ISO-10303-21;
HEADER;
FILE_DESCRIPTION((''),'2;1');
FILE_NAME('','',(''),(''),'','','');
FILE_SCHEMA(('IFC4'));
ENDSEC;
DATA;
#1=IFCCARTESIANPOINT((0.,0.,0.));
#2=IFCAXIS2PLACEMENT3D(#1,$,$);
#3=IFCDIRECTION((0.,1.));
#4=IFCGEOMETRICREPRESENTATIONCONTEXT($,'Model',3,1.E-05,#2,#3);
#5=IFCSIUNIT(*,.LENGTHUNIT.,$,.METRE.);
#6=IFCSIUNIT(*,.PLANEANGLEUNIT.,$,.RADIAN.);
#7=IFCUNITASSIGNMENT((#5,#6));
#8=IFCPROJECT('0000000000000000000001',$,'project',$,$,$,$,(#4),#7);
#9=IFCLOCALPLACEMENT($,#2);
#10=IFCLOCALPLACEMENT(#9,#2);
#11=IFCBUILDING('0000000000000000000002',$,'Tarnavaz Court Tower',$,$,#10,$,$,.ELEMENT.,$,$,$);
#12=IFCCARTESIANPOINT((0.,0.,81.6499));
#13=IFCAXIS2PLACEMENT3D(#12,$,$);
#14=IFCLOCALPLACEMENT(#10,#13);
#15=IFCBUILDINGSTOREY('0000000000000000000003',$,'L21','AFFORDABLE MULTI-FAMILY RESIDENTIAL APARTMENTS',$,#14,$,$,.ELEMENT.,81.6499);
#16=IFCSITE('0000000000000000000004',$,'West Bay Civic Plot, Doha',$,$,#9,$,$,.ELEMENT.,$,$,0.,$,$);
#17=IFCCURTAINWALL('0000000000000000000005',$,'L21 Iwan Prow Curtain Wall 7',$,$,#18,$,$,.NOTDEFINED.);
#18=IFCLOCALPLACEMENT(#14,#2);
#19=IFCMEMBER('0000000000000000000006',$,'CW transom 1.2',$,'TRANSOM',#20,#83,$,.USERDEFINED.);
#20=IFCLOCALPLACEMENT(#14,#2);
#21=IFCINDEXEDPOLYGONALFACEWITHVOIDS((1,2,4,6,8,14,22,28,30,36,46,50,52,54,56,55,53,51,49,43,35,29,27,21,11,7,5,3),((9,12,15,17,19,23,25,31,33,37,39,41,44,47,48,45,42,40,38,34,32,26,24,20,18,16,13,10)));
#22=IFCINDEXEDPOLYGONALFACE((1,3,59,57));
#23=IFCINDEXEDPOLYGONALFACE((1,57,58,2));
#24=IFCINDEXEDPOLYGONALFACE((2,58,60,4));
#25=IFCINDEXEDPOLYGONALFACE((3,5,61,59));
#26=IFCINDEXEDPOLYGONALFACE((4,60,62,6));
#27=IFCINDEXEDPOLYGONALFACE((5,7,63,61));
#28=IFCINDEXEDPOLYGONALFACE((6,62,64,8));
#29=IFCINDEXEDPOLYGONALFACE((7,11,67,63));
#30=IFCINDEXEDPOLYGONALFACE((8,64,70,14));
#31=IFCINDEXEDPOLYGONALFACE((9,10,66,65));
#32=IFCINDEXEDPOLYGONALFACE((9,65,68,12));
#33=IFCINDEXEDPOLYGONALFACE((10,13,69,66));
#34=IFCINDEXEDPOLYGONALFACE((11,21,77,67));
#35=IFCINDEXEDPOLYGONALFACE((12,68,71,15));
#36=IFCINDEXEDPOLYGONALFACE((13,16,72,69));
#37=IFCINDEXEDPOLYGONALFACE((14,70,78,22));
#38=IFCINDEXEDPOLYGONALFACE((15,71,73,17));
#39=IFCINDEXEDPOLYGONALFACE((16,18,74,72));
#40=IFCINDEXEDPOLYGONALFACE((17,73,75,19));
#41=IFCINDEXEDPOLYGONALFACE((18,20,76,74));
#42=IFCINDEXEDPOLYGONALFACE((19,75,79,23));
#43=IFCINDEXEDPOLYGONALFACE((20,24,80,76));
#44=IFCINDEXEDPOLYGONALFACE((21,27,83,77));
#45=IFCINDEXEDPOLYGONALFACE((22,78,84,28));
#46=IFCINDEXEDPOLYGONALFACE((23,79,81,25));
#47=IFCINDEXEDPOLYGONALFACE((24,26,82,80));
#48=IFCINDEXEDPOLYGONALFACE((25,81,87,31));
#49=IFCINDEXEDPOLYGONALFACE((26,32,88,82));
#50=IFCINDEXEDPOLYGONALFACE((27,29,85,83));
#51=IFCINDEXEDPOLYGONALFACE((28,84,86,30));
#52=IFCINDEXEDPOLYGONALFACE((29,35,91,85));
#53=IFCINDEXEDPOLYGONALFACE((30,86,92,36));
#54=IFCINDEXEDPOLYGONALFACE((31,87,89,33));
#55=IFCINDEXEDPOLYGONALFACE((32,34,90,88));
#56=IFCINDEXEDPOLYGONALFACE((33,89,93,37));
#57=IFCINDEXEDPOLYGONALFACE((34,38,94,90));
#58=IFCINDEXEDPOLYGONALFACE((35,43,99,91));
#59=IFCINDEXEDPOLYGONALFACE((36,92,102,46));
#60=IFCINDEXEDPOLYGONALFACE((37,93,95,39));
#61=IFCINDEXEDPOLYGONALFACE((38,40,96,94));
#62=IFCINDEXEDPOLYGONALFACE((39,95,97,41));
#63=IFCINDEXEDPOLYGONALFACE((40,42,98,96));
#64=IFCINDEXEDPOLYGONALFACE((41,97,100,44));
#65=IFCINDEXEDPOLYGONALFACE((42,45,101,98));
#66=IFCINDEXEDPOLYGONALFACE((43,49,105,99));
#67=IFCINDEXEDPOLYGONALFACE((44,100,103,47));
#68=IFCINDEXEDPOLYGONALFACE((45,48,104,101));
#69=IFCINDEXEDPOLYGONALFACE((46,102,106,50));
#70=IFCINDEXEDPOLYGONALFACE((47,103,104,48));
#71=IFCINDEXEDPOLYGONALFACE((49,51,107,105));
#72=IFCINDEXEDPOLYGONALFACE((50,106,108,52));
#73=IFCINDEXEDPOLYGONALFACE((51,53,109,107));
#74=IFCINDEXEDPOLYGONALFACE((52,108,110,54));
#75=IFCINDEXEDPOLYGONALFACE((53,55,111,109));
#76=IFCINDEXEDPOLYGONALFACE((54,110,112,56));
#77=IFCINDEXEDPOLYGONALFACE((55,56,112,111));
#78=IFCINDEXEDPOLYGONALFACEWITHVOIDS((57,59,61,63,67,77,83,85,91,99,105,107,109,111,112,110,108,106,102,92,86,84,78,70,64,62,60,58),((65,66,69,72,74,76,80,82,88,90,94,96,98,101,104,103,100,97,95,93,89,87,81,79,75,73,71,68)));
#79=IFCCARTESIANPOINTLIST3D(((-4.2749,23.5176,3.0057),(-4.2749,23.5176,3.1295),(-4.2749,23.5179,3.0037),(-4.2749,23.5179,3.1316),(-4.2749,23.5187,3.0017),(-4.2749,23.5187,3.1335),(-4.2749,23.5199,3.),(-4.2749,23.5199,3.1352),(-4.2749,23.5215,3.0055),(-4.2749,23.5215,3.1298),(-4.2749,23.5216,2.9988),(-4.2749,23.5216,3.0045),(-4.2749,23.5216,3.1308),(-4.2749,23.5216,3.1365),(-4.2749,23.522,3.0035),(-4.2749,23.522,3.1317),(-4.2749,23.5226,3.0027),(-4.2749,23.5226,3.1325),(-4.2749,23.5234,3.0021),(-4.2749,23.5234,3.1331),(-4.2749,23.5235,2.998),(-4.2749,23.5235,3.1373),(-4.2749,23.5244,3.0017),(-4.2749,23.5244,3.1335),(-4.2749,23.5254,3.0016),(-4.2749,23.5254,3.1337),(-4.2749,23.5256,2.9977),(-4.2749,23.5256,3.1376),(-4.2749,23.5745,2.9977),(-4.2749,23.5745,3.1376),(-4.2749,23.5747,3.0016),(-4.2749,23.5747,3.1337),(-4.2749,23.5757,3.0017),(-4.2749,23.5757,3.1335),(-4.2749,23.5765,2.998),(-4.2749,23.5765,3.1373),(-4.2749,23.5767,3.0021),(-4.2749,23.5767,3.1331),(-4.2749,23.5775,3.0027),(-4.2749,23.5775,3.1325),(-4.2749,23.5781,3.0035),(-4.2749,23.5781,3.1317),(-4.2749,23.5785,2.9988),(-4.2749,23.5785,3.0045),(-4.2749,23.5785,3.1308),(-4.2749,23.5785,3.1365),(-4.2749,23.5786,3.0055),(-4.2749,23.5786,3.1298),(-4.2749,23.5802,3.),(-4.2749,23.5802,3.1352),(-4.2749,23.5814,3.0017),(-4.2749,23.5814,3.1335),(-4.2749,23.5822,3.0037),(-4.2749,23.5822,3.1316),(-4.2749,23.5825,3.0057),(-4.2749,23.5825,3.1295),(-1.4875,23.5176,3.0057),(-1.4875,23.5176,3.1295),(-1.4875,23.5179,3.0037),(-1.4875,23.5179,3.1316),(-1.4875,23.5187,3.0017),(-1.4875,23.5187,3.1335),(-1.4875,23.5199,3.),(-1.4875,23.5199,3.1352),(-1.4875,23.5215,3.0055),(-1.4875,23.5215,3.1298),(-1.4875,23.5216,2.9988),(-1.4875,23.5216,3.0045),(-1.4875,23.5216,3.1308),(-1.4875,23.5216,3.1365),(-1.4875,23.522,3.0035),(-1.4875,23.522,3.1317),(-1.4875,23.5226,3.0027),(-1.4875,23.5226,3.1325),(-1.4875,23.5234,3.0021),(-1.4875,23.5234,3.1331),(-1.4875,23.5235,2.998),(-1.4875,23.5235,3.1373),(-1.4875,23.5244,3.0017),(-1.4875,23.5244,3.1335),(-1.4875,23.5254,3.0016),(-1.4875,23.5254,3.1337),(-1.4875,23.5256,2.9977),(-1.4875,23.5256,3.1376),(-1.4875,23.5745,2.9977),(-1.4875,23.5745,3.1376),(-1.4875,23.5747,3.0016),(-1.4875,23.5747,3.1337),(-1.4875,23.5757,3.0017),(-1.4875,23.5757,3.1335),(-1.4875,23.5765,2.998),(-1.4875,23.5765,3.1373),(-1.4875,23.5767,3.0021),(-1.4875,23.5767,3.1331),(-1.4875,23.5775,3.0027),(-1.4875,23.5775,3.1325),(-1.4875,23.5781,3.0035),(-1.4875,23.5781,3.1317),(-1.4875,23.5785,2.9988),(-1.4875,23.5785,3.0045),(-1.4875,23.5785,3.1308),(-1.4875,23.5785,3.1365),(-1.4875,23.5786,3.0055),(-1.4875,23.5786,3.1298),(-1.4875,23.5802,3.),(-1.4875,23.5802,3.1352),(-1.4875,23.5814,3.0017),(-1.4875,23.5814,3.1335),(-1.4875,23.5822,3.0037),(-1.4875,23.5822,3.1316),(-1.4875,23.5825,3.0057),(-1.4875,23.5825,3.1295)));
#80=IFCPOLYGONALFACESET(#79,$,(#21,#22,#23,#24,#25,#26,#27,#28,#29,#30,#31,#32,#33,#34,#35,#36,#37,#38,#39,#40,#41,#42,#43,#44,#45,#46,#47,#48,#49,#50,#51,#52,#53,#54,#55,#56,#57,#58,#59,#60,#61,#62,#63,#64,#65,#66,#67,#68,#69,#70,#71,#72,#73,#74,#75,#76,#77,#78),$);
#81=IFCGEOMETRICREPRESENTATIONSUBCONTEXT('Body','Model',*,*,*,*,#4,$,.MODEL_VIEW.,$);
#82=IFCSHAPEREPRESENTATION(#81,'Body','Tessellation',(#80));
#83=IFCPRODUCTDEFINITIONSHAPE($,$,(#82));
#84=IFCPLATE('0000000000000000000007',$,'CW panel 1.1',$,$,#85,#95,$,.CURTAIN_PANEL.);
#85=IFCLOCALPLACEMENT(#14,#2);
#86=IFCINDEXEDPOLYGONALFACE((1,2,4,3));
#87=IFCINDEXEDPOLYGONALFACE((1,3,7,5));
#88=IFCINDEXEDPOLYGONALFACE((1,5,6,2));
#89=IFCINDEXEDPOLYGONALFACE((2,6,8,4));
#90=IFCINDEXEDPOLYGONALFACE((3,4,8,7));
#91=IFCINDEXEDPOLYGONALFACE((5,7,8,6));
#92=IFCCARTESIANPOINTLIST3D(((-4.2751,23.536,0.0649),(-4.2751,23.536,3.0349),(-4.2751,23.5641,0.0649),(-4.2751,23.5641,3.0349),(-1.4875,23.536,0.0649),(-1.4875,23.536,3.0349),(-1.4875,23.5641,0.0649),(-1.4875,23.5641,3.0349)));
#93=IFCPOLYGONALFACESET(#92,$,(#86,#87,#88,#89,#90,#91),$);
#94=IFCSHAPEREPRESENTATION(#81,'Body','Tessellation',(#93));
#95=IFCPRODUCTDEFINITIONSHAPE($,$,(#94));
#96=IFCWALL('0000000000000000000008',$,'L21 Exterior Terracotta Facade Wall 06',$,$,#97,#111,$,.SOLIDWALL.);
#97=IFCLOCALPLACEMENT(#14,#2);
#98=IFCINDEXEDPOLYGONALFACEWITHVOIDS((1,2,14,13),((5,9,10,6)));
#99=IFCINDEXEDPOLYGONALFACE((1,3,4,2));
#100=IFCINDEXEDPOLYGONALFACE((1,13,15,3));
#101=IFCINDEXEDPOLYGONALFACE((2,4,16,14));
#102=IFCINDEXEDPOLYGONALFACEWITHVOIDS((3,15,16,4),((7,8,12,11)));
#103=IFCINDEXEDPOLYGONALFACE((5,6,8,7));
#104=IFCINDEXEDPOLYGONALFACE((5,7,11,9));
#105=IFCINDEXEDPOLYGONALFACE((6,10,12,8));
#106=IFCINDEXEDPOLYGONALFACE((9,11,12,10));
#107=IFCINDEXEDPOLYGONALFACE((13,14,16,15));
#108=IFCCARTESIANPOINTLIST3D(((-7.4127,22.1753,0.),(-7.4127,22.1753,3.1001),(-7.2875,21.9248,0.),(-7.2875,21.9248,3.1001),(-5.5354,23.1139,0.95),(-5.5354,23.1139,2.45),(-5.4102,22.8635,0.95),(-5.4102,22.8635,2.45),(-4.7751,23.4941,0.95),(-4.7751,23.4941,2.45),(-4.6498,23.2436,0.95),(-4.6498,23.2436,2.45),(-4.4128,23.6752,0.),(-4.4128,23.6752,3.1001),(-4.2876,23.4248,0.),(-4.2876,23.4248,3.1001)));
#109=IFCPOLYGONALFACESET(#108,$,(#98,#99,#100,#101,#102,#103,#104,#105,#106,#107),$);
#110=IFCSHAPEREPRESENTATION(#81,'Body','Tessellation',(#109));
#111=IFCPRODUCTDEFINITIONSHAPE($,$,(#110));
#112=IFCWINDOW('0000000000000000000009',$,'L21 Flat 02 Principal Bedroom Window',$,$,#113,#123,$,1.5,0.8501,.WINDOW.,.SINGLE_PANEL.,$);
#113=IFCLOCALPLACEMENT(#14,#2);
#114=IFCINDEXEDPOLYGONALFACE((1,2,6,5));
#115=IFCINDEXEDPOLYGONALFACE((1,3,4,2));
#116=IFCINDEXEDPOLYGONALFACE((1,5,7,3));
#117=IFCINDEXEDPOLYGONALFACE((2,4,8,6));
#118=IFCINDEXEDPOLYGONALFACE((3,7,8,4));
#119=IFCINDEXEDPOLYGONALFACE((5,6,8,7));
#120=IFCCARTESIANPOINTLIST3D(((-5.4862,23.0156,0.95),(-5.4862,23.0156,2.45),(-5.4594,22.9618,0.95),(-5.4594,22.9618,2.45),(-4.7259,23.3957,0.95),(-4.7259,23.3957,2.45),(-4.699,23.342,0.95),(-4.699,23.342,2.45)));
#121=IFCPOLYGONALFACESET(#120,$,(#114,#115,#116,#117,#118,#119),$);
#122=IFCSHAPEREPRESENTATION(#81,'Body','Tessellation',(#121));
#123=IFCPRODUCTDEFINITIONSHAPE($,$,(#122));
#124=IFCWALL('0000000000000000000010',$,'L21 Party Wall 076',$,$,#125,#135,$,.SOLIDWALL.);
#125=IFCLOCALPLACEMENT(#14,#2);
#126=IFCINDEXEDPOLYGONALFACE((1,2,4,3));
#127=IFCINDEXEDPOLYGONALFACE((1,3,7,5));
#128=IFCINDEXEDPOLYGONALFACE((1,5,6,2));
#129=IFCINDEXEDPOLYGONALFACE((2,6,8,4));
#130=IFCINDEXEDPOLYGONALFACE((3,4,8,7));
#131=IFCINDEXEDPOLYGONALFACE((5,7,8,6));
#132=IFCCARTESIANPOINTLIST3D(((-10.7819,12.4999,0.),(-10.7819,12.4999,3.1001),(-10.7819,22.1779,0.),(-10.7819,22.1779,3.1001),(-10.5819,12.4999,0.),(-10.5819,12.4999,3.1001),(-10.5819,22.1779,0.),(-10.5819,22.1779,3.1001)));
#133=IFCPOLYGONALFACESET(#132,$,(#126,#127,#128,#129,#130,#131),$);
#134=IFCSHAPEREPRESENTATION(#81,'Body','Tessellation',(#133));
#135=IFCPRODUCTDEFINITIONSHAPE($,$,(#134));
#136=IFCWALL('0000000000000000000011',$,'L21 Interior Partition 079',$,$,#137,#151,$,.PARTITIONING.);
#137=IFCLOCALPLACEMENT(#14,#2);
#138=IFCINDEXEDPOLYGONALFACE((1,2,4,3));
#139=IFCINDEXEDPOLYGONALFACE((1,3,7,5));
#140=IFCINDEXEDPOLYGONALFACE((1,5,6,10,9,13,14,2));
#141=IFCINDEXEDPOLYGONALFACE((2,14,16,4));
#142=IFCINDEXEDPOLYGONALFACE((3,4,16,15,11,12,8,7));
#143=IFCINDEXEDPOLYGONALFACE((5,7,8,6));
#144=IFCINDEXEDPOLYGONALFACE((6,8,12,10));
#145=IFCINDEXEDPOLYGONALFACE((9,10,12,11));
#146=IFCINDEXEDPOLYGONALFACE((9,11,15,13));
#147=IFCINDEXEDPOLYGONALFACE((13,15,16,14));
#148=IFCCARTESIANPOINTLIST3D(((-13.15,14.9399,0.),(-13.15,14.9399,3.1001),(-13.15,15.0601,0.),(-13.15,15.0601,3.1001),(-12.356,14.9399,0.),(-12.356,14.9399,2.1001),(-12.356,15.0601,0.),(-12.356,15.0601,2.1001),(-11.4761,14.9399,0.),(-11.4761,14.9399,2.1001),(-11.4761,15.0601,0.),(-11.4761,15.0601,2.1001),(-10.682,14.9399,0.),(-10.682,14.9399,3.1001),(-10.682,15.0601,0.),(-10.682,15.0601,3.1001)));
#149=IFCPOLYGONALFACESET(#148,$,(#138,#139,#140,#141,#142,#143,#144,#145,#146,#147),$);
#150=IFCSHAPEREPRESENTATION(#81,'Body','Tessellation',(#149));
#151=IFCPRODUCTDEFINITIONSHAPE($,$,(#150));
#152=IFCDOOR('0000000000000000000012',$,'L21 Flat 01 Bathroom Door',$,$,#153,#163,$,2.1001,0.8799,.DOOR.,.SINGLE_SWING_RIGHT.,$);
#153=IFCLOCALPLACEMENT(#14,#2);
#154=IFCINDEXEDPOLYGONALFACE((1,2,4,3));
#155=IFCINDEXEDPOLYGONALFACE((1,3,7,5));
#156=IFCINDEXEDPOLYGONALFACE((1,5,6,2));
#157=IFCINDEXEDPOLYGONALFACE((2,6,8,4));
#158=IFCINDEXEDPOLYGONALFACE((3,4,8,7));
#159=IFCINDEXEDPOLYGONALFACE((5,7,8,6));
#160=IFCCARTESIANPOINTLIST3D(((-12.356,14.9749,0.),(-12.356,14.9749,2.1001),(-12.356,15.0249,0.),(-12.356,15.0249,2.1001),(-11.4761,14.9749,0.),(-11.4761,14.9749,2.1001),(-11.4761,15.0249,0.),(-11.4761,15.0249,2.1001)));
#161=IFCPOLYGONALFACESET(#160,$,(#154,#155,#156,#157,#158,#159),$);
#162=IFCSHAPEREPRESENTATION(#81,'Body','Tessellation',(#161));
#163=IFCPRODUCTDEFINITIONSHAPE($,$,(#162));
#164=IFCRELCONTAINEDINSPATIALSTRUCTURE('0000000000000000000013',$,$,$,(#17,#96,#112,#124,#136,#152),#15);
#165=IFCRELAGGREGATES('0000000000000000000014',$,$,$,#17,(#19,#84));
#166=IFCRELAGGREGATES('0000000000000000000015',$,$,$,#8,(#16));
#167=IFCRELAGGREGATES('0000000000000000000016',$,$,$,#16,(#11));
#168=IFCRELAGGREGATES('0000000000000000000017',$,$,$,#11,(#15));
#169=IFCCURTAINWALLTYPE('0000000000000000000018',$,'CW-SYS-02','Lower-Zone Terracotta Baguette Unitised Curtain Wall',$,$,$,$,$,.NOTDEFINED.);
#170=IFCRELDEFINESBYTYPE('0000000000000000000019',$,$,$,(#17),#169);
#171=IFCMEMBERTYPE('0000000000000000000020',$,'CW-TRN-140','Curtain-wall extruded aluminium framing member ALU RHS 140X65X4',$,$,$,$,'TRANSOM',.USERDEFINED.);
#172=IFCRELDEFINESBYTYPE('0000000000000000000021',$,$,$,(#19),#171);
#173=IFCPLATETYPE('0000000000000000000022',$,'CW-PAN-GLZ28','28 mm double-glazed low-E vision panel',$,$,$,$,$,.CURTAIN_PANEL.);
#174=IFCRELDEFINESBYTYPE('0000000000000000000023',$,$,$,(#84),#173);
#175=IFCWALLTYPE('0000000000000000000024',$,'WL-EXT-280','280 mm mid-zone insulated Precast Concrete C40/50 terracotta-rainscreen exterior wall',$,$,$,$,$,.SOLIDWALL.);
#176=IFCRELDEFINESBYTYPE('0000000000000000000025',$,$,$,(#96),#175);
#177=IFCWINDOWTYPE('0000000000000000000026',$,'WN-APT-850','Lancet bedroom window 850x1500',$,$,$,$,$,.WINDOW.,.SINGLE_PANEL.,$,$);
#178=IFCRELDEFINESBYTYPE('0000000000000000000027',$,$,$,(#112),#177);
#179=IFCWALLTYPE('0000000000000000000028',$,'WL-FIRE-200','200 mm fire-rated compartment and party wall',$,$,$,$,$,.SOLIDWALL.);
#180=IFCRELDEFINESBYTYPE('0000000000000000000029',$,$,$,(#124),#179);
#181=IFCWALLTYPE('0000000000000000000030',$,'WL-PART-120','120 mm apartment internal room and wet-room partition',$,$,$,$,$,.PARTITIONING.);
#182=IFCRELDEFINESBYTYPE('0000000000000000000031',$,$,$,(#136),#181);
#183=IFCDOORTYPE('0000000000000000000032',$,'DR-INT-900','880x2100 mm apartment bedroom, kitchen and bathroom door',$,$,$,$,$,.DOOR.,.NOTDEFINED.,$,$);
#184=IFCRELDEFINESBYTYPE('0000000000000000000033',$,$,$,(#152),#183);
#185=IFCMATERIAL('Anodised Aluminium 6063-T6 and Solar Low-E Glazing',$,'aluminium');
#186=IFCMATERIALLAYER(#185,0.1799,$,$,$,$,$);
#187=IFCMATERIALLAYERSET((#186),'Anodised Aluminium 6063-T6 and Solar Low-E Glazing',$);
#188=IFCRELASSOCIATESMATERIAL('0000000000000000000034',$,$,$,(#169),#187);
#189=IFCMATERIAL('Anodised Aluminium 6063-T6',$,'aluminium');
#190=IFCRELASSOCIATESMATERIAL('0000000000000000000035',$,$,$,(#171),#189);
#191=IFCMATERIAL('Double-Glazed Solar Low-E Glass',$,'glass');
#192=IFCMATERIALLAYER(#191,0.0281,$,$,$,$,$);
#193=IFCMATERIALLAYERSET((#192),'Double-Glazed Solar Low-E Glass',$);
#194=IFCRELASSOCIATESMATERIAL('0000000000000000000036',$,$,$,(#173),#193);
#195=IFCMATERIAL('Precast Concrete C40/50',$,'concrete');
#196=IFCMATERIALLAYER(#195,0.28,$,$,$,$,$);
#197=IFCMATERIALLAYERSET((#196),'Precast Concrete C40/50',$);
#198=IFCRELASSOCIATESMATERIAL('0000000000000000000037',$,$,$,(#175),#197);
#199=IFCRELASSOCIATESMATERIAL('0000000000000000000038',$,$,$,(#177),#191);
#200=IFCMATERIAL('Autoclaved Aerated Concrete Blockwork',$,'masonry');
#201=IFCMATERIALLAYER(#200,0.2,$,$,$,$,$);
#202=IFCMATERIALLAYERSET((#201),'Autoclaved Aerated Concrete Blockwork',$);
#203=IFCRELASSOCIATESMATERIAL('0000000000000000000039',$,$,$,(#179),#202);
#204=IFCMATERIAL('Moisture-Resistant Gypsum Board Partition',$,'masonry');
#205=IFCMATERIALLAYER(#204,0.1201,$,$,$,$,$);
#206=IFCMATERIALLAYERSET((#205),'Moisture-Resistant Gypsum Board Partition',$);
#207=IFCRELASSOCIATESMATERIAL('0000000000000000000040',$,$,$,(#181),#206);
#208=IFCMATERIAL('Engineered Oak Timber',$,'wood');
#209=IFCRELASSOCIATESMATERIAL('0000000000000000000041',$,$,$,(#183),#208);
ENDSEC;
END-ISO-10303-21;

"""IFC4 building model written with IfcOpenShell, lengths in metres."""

from ifc_helpers import new_model, si_unit, direction, frame, frame_2d, origin, origin_2d, place, context, subcontext, project, spatial, rectangle, hollow_rectangle, extrude, material, layer, layer_set, material_profile, profile_set, type_object, element, fill, aggregate, save


model = new_model("IFC4")

# Units and contexts
model_context = context("Model", 3, precision=1e-05, world=origin(), true_north=direction((0.0, 1.0)))
body_context = subcontext(model_context, "Body", "Model", "MODEL_VIEW")
ifc_project = project(units=[si_unit("LENGTHUNIT", "METRE"), si_unit("PLANEANGLEUNIT", "RADIAN")], contexts=[model_context])

# Site, building, storey
site_placement = place(None, origin())
site = spatial("IfcSite", under=ifc_project, at=site_placement, Name="West Bay Civic Plot, Doha", CompositionType="ELEMENT", RefElevation=0.0)
building_placement = place(site_placement, origin())
building = spatial("IfcBuilding", under=site, at=building_placement, Name="Tarnavaz Court Tower", CompositionType="ELEMENT")
storey_placement = place(building_placement, frame((0.0, 0.0, 81.6499)))
storey = spatial("IfcBuildingStorey", under=building, at=storey_placement, Name="L21", Description="AFFORDABLE MULTI-FAMILY RESIDENTIAL APARTMENTS", CompositionType="ELEMENT", Elevation=81.6499)

# Curtain wall, member, plate
ifc_material_1 = material(Name="Anodised Aluminium 6063-T6 and Solar Low-E Glazing", Category="aluminium")
ifc_layer_1 = layer(ifc_material_1, 0.1799)
ifc_layer_set_1 = layer_set([ifc_layer_1], Name="Anodised Aluminium 6063-T6 and Solar Low-E Glazing")
curtain_wall_type = type_object("IfcCurtainWallType", Name="CW-SYS-02", Description="Lower-Zone Terracotta Baguette Unitised Curtain Wall", PredefinedType="NOTDEFINED", material=ifc_layer_set_1)
curtain_wall_placement = place(storey_placement, origin())
curtain_wall = element("IfcCurtainWall", 1, at=curtain_wall_placement, inside=storey, type_object=curtain_wall_type, Name="L21 Iwan Prow Curtain Wall 7", PredefinedType="NOTDEFINED")
ifc_material_2 = material(Name="Anodised Aluminium 6063-T6", Category="aluminium")
ifc_material_profile_1 = material_profile(ifc_material_2, hollow_rectangle(XDim=0.0649, YDim=0.1399, WallThickness=0.0039, InnerFilletRadius=0.0039, OuterFilletRadius=0.0081, at=origin_2d()), Name="ALU RHS 140X65X4")
ifc_profile_set_1 = profile_set([ifc_material_profile_1], Name="Anodised Aluminium 6063-T6")
member_type_1 = type_object("IfcMemberType", Name="CW-TRN-140", Description="Curtain-wall extruded aluminium framing member ALU RHS 140X65X4", ElementType="TRANSOM", PredefinedType="USERDEFINED", material=ifc_profile_set_1)
member_1_placement = place(storey_placement, frame((-4.2749, 23.55, 3.0676), z_axis=(1.0, 0.0, 0.0), x_axis=(0.0, 1.0, 0.0)))
member_1 = element("IfcMember", 2, at=member_1_placement, type_object=member_type_1, Name="CW transom 1.2", ObjectType="TRANSOM", PredefinedType="USERDEFINED", context=body_context, shape_type="SweptSolid", body=[
    extrude(hollow_rectangle(XDim=0.0649, YDim=0.1399, WallThickness=0.0039, InnerFilletRadius=0.0039, OuterFilletRadius=0.0081, at=origin_2d()), origin(), (0.0, 0.0, 1.0), 2.7874),
])
ifc_material_3 = material(Name="Double-Glazed Solar Low-E Glass", Category="glass")
ifc_layer_2 = layer(ifc_material_3, 0.0281)
ifc_layer_set_2 = layer_set([ifc_layer_2], Name="Double-Glazed Solar Low-E Glass")
plate_type = type_object("IfcPlateType", Name="CW-PAN-GLZ28", Description="28 mm double-glazed low-E vision panel", PredefinedType="CURTAIN_PANEL", material=ifc_layer_set_2)
plate_placement = place(storey_placement, frame((-2.8813, 23.55, 0.0649), z_axis=(0.0, 0.0, 1.0), x_axis=(1.0, 0.0, 0.0)))
plate = element("IfcPlate", 3, at=plate_placement, type_object=plate_type, Name="CW panel 1.1", PredefinedType="CURTAIN_PANEL", context=body_context, shape_type="SweptSolid", body=[
    extrude(rectangle(XDim=2.7876, YDim=0.0281, at=origin_2d()), origin(), (0.0, 0.0, 1.0), 2.97),
])
aggregate(curtain_wall, [member_1, plate])

# Wall, opening, window
ifc_material_4 = material(Name="Precast Concrete C40/50", Category="concrete")
ifc_layer_3 = layer(ifc_material_4, 0.28)
ifc_layer_set_3 = layer_set([ifc_layer_3], Name="Precast Concrete C40/50")
wall_type_1 = type_object("IfcWallType", Name="WL-EXT-280", Description="280 mm mid-zone insulated Precast Concrete C40/50 terracotta-rainscreen exterior wall", PredefinedType="SOLIDWALL", material=ifc_layer_set_3)
wall_1_placement = place(storey_placement, frame((-7.3501, 22.05, 0.0), z_axis=(0.0, 0.0, 1.0), x_axis=(0.894427, 0.447214, 0.0)))
wall_1 = element("IfcWall", 4, at=wall_1_placement, inside=storey, type_object=wall_type_1, Name="L21 Exterior Terracotta Facade Wall 06", PredefinedType="SOLIDWALL", context=body_context, shape_type="SweptSolid", body=[
    extrude(rectangle(XDim=3.354, YDim=0.28, at=frame_2d((1.677, 0.0))), origin(), (0.0, 0.0, 1.0), 3.1001),
])
opening_1_placement = place(wall_1_placement, frame((2.0989, 0.0, 0.95)))
opening_1 = element("IfcOpeningElement", 5, at=opening_1_placement, cuts=wall_1, PredefinedType="OPENING", context=body_context, shape_type="SweptSolid", body=[
    extrude(rectangle(XDim=0.8501, YDim=1.5, at=frame_2d((0.425, 0.75))), frame((0.0, 0.1499, 0.0), z_axis=(0.0, -1.0, 0.0), x_axis=(1.0, 0.0, 0.0)), (0.0, 0.0, 1.0), 0.3),
])
window_type = type_object("IfcWindowType", Name="WN-APT-850", Description="Lancet bedroom window 850x1500", PartitioningType="SINGLE_PANEL", PredefinedType="WINDOW", material=ifc_material_3)
window_placement = place(opening_1_placement, origin())
window = element("IfcWindow", 6, at=window_placement, inside=storey, type_object=window_type, Name="L21 Flat 02 Principal Bedroom Window", OverallHeight=1.5, OverallWidth=0.8501, PartitioningType="SINGLE_PANEL", PredefinedType="WINDOW", context=body_context, shape_type="SweptSolid", body=[
    extrude(rectangle(XDim=0.8501, YDim=1.5, at=frame_2d((0.425, 0.75))), frame((0.0, 0.03, 0.0), z_axis=(0.0, -1.0, 0.0), x_axis=(1.0, 0.0, 0.0)), (0.0, 0.0, 1.0), 0.0601),
])
fill(opening_1, window)

# Wall
ifc_material_5 = material(Name="Autoclaved Aerated Concrete Blockwork", Category="masonry")
ifc_layer_4 = layer(ifc_material_5, 0.2)
ifc_layer_set_4 = layer_set([ifc_layer_4], Name="Autoclaved Aerated Concrete Blockwork")
wall_type_2 = type_object("IfcWallType", Name="WL-FIRE-200", Description="200 mm fire-rated compartment and party wall", PredefinedType="SOLIDWALL", material=ifc_layer_set_4)
wall_2_placement = place(storey_placement, frame((-10.6819, 12.5, 0.0), z_axis=(0.0, 0.0, 1.0), x_axis=(0.0, 1.0, 0.0)))
element("IfcWall", 7, at=wall_2_placement, inside=storey, type_object=wall_type_2, Name="L21 Party Wall 076", PredefinedType="SOLIDWALL", context=body_context, shape_type="SweptSolid", body=[
    extrude(rectangle(XDim=9.678, YDim=0.2, at=frame_2d((4.8389, 0.0))), origin(), (0.0, 0.0, 1.0), 3.1001),
])

# Wall, opening, door
ifc_material_6 = material(Name="Moisture-Resistant Gypsum Board Partition", Category="masonry")
ifc_layer_5 = layer(ifc_material_6, 0.1201)
ifc_layer_set_5 = layer_set([ifc_layer_5], Name="Moisture-Resistant Gypsum Board Partition")
wall_type_3 = type_object("IfcWallType", Name="WL-PART-120", Description="120 mm apartment internal room and wet-room partition", PredefinedType="PARTITIONING", material=ifc_layer_set_5)
wall_3_placement = place(storey_placement, frame((-13.1499, 15.0, 0.0), z_axis=(0.0, 0.0, 1.0), x_axis=(1.0, 0.0, 0.0)))
wall_3 = element("IfcWall", 8, at=wall_3_placement, inside=storey, type_object=wall_type_3, Name="L21 Interior Partition 079", PredefinedType="PARTITIONING", context=body_context, shape_type="SweptSolid", body=[
    extrude(rectangle(XDim=2.468, YDim=0.1201, at=frame_2d((1.2339, 0.0))), origin(), (0.0, 0.0, 1.0), 3.1001),
])
opening_2_placement = place(wall_3_placement, frame((0.7939, 0.0, 0.0)))
opening_2 = element("IfcOpeningElement", 9, at=opening_2_placement, cuts=wall_3, PredefinedType="OPENING", context=body_context, shape_type="SweptSolid", body=[
    extrude(rectangle(XDim=0.8799, YDim=2.1001, at=frame_2d((0.4399, 1.05))), frame((0.0, 0.0701, 0.0), z_axis=(0.0, -1.0, 0.0), x_axis=(1.0, 0.0, 0.0)), (0.0, 0.0, 1.0), 0.1401),
])
ifc_material_7 = material(Name="Engineered Oak Timber", Category="wood")
door_type = type_object("IfcDoorType", Name="DR-INT-900", Description="880x2100 mm apartment bedroom, kitchen and bathroom door", OperationType="NOTDEFINED", PredefinedType="DOOR", material=ifc_material_7)
door_1_placement = place(opening_2_placement, origin())
door_1 = element("IfcDoor", 10, at=door_1_placement, inside=storey, type_object=door_type, Name="L21 Flat 01 Bathroom Door", OperationType="SINGLE_SWING_RIGHT", OverallHeight=2.1001, OverallWidth=0.8799, PredefinedType="DOOR", context=body_context, shape_type="SweptSolid", body=[
    extrude(rectangle(XDim=0.8799, YDim=2.1001, at=frame_2d((0.4399, 1.05))), frame((0.0, 0.0249, 0.0), z_axis=(0.0, -1.0, 0.0), x_axis=(1.0, 0.0, 0.0)), (0.0, 0.0, 1.0), 0.05),
])
fill(opening_2, door_1)

save(model, "model.ifc")
